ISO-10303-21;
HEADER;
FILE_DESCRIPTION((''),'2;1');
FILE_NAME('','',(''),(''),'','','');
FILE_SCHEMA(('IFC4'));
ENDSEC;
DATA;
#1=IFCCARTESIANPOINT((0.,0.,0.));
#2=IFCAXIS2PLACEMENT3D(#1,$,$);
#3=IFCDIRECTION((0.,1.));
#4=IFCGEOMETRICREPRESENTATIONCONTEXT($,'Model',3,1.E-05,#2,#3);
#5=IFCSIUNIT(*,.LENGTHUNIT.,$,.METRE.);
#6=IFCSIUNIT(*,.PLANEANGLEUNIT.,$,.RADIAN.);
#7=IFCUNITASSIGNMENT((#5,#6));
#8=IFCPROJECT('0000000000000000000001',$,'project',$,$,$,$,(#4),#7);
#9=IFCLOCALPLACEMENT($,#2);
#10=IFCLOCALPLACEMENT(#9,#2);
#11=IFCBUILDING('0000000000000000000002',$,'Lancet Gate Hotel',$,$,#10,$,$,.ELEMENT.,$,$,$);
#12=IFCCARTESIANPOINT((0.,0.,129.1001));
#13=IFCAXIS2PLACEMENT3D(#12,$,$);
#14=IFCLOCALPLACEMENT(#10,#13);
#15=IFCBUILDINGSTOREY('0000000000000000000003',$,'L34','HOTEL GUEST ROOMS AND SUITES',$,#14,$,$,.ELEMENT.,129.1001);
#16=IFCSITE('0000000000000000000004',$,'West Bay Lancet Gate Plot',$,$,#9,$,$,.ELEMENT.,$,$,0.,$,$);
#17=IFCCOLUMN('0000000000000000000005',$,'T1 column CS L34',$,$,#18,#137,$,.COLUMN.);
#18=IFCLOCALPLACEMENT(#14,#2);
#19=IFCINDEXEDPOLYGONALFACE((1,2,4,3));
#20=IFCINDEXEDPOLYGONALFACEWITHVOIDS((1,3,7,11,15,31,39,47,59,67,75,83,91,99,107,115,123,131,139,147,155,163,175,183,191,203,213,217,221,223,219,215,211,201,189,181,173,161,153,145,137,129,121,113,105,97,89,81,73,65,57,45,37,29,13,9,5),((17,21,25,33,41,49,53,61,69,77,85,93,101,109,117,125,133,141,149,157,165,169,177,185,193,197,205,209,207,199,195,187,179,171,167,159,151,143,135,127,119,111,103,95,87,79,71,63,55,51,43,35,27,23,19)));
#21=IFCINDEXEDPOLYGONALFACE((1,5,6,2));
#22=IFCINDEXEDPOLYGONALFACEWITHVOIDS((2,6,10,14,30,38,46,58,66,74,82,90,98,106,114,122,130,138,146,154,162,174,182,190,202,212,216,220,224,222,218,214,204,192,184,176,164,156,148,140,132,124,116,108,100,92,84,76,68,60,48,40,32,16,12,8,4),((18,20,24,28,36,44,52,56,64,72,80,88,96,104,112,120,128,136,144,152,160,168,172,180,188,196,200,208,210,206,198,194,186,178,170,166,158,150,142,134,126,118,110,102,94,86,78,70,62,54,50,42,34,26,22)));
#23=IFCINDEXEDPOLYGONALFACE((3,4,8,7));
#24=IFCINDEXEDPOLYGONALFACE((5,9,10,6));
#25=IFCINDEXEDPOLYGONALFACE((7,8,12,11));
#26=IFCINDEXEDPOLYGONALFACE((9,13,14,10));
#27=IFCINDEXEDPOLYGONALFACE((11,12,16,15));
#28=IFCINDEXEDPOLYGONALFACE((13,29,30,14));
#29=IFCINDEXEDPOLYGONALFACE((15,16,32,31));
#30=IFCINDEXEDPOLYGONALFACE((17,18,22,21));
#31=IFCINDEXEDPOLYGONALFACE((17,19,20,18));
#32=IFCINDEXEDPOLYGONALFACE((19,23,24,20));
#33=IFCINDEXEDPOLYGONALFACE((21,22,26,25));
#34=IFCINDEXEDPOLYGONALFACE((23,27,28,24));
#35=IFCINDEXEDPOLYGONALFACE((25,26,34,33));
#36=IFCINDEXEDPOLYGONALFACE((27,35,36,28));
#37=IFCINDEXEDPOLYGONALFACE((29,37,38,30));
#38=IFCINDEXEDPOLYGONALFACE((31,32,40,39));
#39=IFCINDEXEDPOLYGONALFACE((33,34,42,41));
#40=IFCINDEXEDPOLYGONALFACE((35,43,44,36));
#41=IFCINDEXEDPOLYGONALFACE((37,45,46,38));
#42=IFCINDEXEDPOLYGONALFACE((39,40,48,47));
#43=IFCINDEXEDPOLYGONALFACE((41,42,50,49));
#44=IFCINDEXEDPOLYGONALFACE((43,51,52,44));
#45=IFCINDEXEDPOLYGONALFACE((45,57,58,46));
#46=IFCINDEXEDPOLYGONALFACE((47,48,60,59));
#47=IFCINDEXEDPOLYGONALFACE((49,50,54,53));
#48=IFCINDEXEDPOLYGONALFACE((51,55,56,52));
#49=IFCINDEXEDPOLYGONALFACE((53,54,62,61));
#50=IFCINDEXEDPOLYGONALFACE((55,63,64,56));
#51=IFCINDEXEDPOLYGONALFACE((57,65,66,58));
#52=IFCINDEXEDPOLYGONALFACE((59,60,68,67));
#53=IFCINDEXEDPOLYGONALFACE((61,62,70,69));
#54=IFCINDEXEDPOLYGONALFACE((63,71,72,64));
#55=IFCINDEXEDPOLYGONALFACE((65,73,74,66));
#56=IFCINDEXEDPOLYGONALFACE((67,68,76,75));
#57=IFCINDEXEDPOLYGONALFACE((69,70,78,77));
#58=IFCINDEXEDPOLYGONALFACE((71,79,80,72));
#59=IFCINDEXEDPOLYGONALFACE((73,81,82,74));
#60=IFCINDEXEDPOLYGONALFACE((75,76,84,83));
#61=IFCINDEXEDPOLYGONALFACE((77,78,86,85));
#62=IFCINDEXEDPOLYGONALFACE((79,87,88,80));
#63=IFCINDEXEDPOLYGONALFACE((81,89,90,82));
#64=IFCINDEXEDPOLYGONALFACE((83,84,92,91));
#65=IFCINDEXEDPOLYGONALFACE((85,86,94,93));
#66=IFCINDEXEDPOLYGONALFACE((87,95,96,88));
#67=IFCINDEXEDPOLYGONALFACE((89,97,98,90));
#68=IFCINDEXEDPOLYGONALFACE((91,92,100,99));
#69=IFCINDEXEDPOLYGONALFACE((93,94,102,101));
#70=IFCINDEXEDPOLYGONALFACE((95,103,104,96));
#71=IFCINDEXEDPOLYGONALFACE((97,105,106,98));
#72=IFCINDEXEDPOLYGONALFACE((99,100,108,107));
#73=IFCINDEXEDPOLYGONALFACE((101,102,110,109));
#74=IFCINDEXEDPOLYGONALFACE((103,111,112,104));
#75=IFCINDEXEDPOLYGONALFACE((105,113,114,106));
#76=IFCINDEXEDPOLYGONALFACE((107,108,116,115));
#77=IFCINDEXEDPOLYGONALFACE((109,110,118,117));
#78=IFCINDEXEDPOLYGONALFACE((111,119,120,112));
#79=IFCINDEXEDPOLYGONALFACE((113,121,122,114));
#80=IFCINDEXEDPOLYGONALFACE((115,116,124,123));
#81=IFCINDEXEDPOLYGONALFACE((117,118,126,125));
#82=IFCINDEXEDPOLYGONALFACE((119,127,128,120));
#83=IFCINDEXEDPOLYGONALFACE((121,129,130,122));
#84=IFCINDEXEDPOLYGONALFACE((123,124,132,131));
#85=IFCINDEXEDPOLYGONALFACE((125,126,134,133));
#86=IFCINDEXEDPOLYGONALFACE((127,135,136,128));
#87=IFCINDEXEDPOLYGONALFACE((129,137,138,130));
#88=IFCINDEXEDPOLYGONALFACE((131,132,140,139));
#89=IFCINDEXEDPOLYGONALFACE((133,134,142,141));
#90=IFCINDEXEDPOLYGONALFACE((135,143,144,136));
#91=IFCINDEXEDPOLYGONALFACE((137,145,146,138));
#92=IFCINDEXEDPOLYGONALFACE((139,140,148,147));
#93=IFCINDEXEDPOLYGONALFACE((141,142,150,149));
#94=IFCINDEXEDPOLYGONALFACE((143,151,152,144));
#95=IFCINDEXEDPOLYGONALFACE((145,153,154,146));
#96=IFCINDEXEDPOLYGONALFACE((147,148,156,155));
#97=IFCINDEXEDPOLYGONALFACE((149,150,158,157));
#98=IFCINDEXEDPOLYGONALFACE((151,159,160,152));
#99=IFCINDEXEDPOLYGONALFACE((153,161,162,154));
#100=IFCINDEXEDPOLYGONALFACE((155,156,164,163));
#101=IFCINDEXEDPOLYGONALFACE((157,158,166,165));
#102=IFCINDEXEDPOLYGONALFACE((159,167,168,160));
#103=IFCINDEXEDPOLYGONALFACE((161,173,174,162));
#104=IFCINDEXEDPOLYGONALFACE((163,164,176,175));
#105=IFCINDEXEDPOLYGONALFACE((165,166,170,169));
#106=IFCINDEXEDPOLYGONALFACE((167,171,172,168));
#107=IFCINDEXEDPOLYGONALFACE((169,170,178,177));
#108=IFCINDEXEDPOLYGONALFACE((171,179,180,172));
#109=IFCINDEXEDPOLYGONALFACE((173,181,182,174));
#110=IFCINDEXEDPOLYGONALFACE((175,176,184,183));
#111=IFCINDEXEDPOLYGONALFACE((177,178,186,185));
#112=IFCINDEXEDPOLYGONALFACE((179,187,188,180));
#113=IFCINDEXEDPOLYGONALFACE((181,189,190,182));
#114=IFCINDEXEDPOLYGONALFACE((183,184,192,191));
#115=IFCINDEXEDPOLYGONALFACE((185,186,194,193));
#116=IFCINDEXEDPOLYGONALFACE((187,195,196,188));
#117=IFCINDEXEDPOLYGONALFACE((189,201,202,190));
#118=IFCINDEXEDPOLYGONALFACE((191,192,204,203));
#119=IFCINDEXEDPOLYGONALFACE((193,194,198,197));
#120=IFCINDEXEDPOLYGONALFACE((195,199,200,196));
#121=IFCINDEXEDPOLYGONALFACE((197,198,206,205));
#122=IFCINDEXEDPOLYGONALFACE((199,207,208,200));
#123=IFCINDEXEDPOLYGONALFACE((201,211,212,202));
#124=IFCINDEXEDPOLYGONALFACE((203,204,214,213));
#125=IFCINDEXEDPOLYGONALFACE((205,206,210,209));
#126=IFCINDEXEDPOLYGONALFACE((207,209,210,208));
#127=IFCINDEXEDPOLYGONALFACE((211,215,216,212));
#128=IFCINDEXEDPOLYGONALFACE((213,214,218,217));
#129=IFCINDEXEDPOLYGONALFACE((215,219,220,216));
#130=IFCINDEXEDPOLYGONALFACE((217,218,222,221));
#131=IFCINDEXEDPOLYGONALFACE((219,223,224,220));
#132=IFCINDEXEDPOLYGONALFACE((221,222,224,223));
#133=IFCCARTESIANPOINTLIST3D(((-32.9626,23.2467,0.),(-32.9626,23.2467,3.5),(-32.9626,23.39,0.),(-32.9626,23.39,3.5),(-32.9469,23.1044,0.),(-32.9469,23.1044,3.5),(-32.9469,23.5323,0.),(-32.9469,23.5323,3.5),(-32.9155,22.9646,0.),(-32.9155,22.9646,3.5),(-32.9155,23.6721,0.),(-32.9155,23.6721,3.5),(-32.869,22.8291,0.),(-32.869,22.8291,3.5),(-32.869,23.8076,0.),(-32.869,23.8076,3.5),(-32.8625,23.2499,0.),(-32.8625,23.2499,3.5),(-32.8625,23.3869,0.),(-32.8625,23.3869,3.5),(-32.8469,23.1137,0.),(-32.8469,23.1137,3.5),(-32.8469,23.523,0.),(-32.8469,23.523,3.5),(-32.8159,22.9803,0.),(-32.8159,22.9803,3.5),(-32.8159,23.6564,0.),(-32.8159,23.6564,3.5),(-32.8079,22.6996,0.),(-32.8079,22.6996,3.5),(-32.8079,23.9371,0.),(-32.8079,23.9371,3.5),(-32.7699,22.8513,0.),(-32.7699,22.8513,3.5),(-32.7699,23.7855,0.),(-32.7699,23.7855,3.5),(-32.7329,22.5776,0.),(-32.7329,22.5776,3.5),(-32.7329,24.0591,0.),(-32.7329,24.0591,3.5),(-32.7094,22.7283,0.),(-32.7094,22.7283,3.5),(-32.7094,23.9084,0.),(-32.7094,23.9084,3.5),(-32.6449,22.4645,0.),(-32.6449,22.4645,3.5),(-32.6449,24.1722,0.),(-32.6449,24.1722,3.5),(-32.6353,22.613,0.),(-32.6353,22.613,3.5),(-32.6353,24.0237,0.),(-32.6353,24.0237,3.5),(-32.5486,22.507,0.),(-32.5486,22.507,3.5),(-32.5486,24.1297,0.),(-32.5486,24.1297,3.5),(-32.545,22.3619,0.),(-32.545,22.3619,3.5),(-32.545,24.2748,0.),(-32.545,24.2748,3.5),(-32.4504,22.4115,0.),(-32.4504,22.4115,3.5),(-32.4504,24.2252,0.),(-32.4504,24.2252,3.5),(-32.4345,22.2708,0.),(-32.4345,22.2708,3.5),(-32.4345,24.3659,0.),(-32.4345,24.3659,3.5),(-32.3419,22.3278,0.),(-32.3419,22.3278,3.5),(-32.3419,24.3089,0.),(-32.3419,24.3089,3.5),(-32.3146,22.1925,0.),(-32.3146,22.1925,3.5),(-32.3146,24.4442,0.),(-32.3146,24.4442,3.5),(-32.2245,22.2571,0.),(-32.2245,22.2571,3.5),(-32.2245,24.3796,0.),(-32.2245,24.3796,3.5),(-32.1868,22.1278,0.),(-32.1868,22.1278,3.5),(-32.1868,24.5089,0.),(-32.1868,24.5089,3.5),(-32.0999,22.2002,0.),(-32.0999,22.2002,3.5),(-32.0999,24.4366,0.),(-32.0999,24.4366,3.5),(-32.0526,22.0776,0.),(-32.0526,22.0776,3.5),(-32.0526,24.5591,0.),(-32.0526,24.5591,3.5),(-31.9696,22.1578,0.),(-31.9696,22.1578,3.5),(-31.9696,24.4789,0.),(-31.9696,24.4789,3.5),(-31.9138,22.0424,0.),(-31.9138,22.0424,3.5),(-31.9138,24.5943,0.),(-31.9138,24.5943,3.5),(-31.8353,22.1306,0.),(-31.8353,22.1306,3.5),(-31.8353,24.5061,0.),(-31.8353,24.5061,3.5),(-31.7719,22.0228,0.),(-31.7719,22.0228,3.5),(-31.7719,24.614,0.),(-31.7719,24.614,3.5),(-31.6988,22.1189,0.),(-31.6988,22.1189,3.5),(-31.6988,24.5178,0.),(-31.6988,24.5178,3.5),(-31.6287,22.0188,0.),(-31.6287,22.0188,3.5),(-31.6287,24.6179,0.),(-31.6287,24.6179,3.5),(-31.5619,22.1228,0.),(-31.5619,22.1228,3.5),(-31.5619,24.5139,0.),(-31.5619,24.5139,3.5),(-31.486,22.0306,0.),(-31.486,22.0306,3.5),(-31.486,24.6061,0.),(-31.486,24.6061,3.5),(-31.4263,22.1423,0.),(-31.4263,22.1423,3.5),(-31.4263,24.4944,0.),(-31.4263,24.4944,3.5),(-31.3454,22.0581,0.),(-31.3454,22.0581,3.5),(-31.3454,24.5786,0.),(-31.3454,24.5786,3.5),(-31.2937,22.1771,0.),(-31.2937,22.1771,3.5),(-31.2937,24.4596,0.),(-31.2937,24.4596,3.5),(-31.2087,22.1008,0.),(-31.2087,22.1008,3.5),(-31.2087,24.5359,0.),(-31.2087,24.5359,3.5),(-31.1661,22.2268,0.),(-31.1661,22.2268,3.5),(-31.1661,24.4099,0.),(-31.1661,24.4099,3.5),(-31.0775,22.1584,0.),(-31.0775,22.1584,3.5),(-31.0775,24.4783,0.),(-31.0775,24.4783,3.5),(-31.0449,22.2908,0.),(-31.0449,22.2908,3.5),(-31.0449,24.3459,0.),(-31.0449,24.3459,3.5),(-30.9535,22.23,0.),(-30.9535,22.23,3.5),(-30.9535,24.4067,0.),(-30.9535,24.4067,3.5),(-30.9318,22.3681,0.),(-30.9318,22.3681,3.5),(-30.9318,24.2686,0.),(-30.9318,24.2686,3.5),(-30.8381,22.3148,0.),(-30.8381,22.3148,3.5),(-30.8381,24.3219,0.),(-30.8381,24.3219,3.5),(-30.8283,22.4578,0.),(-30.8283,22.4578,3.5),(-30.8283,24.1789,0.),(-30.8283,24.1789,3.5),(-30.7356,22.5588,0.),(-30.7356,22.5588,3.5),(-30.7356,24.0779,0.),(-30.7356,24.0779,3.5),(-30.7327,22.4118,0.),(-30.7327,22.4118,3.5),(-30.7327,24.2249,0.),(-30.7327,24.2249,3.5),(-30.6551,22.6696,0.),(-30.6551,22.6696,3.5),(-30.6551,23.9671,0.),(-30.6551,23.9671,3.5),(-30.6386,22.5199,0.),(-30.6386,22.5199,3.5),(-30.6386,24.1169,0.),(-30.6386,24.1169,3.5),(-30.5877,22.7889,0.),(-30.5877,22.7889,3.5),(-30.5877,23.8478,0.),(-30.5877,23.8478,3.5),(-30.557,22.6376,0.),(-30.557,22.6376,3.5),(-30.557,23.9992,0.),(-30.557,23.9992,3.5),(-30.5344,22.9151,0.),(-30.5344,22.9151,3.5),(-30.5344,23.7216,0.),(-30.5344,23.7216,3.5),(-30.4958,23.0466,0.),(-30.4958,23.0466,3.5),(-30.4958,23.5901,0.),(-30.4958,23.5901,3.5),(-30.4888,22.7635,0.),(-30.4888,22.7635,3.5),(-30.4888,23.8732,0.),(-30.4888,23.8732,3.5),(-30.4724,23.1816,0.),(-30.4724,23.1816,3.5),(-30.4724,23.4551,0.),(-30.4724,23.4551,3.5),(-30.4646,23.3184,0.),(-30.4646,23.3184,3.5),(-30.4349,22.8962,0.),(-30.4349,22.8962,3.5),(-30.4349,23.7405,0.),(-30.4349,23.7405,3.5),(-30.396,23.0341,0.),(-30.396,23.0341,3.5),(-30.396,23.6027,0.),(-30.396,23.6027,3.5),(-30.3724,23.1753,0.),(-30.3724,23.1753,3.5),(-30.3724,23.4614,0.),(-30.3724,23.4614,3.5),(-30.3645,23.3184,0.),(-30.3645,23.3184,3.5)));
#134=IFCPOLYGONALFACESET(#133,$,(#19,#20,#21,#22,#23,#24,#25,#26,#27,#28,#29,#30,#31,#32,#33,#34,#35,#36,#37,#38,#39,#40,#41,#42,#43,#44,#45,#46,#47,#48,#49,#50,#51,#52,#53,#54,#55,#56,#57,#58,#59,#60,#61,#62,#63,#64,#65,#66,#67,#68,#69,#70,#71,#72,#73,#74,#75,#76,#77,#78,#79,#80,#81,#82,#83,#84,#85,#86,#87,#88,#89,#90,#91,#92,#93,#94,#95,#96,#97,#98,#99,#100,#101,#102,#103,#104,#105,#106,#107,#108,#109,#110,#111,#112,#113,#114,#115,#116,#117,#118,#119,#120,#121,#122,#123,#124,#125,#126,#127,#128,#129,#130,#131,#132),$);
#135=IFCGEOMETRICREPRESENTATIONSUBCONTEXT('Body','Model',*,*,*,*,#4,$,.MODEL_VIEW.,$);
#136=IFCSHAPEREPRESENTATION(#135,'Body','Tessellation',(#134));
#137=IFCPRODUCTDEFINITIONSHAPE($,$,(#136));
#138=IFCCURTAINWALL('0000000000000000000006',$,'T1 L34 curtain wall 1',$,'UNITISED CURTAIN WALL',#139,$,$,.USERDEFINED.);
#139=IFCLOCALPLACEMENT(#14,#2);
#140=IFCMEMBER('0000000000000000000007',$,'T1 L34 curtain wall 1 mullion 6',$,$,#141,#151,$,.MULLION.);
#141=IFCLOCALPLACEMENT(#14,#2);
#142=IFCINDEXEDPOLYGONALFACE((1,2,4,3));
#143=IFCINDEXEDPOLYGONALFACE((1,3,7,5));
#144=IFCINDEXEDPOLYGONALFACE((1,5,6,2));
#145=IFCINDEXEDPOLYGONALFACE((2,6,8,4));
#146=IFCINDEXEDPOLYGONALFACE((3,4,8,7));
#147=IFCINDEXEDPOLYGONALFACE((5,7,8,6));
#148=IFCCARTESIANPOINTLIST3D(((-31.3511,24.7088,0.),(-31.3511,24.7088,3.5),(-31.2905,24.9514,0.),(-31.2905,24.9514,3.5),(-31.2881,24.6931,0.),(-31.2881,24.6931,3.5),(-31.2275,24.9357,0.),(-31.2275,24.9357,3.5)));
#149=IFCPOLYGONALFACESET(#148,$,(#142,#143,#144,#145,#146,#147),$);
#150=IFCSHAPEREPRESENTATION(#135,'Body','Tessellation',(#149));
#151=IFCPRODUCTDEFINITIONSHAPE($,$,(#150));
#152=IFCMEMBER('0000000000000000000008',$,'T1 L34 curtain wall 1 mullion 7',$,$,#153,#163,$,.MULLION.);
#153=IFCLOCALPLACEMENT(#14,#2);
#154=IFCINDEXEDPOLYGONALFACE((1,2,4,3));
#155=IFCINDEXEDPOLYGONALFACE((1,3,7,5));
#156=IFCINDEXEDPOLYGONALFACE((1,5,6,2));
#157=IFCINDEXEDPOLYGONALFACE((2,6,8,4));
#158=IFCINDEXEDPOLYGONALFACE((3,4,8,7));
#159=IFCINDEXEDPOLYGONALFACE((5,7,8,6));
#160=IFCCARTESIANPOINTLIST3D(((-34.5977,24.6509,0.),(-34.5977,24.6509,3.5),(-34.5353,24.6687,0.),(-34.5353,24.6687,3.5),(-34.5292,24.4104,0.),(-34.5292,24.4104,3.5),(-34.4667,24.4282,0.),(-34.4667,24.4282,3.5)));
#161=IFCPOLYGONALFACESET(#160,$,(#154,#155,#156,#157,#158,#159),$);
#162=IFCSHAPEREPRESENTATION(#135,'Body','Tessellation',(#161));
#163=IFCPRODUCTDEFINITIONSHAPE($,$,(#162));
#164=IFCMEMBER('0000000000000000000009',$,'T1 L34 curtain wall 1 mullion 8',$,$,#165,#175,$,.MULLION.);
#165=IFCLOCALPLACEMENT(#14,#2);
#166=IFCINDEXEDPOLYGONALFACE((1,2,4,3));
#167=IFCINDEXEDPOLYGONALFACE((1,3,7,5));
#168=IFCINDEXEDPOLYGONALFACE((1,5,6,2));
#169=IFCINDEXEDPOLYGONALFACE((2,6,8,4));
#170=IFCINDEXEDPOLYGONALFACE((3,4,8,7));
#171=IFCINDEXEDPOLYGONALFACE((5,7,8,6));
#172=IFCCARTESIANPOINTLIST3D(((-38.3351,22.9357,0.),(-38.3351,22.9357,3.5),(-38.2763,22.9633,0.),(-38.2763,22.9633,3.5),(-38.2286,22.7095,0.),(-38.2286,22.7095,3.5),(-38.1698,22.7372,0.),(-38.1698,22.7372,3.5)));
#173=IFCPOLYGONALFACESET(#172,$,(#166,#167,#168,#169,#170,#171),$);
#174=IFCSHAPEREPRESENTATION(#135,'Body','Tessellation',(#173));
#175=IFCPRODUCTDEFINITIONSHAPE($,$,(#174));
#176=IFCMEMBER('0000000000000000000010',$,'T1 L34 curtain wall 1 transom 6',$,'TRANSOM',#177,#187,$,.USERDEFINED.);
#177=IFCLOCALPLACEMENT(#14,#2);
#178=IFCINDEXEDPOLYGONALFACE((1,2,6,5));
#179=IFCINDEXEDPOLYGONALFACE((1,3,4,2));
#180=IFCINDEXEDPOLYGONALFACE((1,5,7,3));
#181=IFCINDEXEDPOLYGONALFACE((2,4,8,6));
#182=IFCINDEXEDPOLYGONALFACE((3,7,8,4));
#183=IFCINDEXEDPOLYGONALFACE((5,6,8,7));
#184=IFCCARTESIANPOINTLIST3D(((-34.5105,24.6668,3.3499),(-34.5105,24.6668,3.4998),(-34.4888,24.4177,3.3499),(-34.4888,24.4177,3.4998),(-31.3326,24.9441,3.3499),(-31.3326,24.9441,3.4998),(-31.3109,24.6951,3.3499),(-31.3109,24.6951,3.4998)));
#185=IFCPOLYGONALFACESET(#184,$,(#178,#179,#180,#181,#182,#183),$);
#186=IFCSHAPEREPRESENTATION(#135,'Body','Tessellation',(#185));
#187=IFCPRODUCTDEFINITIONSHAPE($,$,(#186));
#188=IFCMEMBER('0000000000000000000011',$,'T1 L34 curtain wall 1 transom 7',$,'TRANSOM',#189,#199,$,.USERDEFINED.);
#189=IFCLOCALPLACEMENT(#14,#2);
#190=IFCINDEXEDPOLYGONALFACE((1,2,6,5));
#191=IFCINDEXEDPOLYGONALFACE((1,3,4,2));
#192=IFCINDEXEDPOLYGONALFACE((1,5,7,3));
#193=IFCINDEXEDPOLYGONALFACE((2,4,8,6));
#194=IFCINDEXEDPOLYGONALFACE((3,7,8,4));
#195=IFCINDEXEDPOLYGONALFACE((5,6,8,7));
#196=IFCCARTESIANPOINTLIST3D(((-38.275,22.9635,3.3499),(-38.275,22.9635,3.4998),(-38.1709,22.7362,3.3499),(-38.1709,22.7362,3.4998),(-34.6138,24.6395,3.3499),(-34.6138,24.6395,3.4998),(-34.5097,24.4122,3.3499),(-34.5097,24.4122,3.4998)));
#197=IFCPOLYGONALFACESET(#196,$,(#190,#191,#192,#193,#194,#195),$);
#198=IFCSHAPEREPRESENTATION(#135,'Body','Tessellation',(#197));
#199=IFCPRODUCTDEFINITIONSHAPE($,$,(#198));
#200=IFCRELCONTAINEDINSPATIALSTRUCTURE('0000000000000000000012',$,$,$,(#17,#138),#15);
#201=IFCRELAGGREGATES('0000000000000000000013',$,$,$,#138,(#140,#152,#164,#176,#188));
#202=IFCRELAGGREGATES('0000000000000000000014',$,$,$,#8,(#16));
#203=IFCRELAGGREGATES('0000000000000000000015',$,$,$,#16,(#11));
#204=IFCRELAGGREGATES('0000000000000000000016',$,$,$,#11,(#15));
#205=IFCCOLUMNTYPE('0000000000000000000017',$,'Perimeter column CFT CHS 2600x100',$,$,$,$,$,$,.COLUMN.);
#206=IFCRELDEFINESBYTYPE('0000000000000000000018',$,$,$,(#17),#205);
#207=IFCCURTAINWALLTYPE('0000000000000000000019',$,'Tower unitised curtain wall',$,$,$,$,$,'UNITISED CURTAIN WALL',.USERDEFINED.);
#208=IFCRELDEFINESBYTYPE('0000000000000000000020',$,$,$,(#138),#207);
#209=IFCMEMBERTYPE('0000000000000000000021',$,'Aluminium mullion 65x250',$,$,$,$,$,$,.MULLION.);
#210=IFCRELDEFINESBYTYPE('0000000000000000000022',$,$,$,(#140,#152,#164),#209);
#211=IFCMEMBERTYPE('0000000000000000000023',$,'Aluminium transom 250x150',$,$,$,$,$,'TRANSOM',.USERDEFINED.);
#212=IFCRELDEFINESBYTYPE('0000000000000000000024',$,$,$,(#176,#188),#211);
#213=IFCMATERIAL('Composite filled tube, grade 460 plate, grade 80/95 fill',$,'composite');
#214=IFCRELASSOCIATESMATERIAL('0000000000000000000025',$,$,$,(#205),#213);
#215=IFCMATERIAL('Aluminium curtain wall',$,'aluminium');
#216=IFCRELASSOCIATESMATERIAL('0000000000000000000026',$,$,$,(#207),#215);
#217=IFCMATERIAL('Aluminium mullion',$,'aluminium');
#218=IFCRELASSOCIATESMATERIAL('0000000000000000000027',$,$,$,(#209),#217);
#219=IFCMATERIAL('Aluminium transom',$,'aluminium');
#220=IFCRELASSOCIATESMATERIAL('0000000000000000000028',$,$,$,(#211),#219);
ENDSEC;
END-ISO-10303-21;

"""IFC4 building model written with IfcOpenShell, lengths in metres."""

from ifc_helpers import new_model, si_unit, direction, frame, origin, origin_2d, place, context, subcontext, project, spatial, rectangle, hollow_circle, extrude, material, material_profile, profile_set, type_object, element, aggregate, save


model = new_model("IFC4")

# Units and contexts
model_context = context("Model", 3, precision=1e-05, world=origin(), true_north=direction((0.0, 1.0)))
body_context = subcontext(model_context, "Body", "Model", "MODEL_VIEW")
ifc_project = project(units=[si_unit("LENGTHUNIT", "METRE"), si_unit("PLANEANGLEUNIT", "RADIAN")], contexts=[model_context])

# Site, building, storey
site_placement = place(None, origin())
site = spatial("IfcSite", under=ifc_project, at=site_placement, Name="West Bay Lancet Gate Plot", CompositionType="ELEMENT", RefElevation=0.0)
building_placement = place(site_placement, origin())
building = spatial("IfcBuilding", under=site, at=building_placement, Name="Lancet Gate Hotel", CompositionType="ELEMENT")
storey_placement = place(building_placement, frame((0.0, 0.0, 129.1001)))
storey = spatial("IfcBuildingStorey", under=building, at=storey_placement, Name="L34", Description="HOTEL GUEST ROOMS AND SUITES", CompositionType="ELEMENT", Elevation=129.1001)

# Column
ifc_material_1 = material(Name="Composite filled tube, grade 460 plate, grade 80/95 fill", Category="composite")
ifc_material_profile_1 = material_profile(ifc_material_1, hollow_circle(Radius=1.3, WallThickness=0.1001, at=origin_2d()), Name="CHS 2600x100")
ifc_profile_set_1 = profile_set([ifc_material_profile_1], Name="Composite filled tube, grade 460 plate, grade 80/95 fill")
column_type = type_object("IfcColumnType", Name="Perimeter column CFT CHS 2600x100", PredefinedType="COLUMN", material=ifc_profile_set_1)
column_placement = place(storey_placement, frame((-31.6646, 23.3184, 0.0), z_axis=(0.0, 0.0, 1.0), x_axis=(1.0, 0.0, 0.0)))
element("IfcColumn", 1, at=column_placement, inside=storey, type_object=column_type, Name="T1 column CS L34", PredefinedType="COLUMN", context=body_context, shape_type="SweptSolid", body=[
    extrude(hollow_circle(Radius=1.3, WallThickness=0.1001, at=origin_2d()), origin(), (0.0, 0.0, 1.0), 3.5),
])

# Curtain wall, members
ifc_material_2 = material(Name="Aluminium curtain wall", Category="aluminium")
curtain_wall_type = type_object("IfcCurtainWallType", Name="Tower unitised curtain wall", ElementType="UNITISED CURTAIN WALL", PredefinedType="USERDEFINED", material=ifc_material_2)
curtain_wall_placement = place(storey_placement, origin())
curtain_wall = element("IfcCurtainWall", 2, at=curtain_wall_placement, inside=storey, type_object=curtain_wall_type, Name="T1 L34 curtain wall 1", ObjectType="UNITISED CURTAIN WALL", PredefinedType="USERDEFINED")
ifc_material_3 = material(Name="Aluminium mullion", Category="aluminium")
ifc_material_profile_2 = material_profile(ifc_material_3, rectangle(XDim=0.0649, YDim=0.25, at=origin_2d()), Name="MULLION 65x250")
ifc_profile_set_2 = profile_set([ifc_material_profile_2], Name="Aluminium mullion")
member_type_1 = type_object("IfcMemberType", Name="Aluminium mullion 65x250", PredefinedType="MULLION", material=ifc_profile_set_2)
member_1_placement = place(storey_placement, frame((-31.2893, 24.8223, 0.0), z_axis=(0.0, 0.0, 1.0), x_axis=(-0.970242, 0.242137, 0.0)))
member_1 = element("IfcMember", 3, at=member_1_placement, type_object=member_type_1, Name="T1 L34 curtain wall 1 mullion 6", PredefinedType="MULLION", context=body_context, shape_type="SweptSolid", body=[
    extrude(rectangle(XDim=0.0649, YDim=0.25, at=origin_2d()), origin(), (0.0, 0.0, 1.0), 3.5),
])
member_2_placement = place(storey_placement, frame((-34.5322, 24.5396, 0.0), z_axis=(0.0, 0.0, 1.0), x_axis=(-0.961653, -0.274268, 0.0)))
member_2 = element("IfcMember", 4, at=member_2_placement, type_object=member_type_1, Name="T1 L34 curtain wall 1 mullion 7", PredefinedType="MULLION", context=body_context, shape_type="SweptSolid", body=[
    extrude(rectangle(XDim=0.0649, YDim=0.25, at=origin_2d()), origin(), (0.0, 0.0, 1.0), 3.5),
])
member_3_placement = place(storey_placement, frame((-38.2524, 22.8364, 0.0), z_axis=(0.0, 0.0, 1.0), x_axis=(-0.90472, -0.426008, 0.0)))
member_3 = element("IfcMember", 5, at=member_3_placement, type_object=member_type_1, Name="T1 L34 curtain wall 1 mullion 8", PredefinedType="MULLION", context=body_context, shape_type="SweptSolid", body=[
    extrude(rectangle(XDim=0.0649, YDim=0.25, at=origin_2d()), origin(), (0.0, 0.0, 1.0), 3.5),
])
ifc_material_4 = material(Name="Aluminium transom", Category="aluminium")
ifc_material_profile_3 = material_profile(ifc_material_4, rectangle(XDim=0.25, YDim=0.1499, at=origin_2d()), Name="TRANSOM 250x150")
ifc_profile_set_3 = profile_set([ifc_material_profile_3], Name="Aluminium transom")
member_type_2 = type_object("IfcMemberType", Name="Aluminium transom 250x150", ElementType="TRANSOM", PredefinedType="USERDEFINED", material=ifc_profile_set_3)
member_4_placement = place(storey_placement, frame((-31.3218, 24.8196, 3.4248), z_axis=(-0.996214, -0.08694, 0.0), x_axis=(0.08694, -0.996214, 0.0)))
member_4 = element("IfcMember", 6, at=member_4_placement, type_object=member_type_2, Name="T1 L34 curtain wall 1 transom 6", ObjectType="TRANSOM", PredefinedType="USERDEFINED", context=body_context, shape_type="SweptSolid", body=[
    extrude(rectangle(XDim=0.25, YDim=0.1499, at=origin_2d()), origin(), (0.0, 0.0, 1.0), 3.1899),
])
member_5_placement = place(storey_placement, frame((-34.5618, 24.5259, 3.4248), z_axis=(-0.909252, -0.416245, 0.0), x_axis=(0.416245, -0.909252, 0.0)))
member_5 = element("IfcMember", 7, at=member_5_placement, type_object=member_type_2, Name="T1 L34 curtain wall 1 transom 7", ObjectType="TRANSOM", PredefinedType="USERDEFINED", context=body_context, shape_type="SweptSolid", body=[
    extrude(rectangle(XDim=0.25, YDim=0.1499, at=origin_2d()), origin(), (0.0, 0.0, 1.0), 4.0266),
])

aggregate(curtain_wall, [member_1, member_2, member_3, member_4, member_5])

save(model, "model.ifc")
